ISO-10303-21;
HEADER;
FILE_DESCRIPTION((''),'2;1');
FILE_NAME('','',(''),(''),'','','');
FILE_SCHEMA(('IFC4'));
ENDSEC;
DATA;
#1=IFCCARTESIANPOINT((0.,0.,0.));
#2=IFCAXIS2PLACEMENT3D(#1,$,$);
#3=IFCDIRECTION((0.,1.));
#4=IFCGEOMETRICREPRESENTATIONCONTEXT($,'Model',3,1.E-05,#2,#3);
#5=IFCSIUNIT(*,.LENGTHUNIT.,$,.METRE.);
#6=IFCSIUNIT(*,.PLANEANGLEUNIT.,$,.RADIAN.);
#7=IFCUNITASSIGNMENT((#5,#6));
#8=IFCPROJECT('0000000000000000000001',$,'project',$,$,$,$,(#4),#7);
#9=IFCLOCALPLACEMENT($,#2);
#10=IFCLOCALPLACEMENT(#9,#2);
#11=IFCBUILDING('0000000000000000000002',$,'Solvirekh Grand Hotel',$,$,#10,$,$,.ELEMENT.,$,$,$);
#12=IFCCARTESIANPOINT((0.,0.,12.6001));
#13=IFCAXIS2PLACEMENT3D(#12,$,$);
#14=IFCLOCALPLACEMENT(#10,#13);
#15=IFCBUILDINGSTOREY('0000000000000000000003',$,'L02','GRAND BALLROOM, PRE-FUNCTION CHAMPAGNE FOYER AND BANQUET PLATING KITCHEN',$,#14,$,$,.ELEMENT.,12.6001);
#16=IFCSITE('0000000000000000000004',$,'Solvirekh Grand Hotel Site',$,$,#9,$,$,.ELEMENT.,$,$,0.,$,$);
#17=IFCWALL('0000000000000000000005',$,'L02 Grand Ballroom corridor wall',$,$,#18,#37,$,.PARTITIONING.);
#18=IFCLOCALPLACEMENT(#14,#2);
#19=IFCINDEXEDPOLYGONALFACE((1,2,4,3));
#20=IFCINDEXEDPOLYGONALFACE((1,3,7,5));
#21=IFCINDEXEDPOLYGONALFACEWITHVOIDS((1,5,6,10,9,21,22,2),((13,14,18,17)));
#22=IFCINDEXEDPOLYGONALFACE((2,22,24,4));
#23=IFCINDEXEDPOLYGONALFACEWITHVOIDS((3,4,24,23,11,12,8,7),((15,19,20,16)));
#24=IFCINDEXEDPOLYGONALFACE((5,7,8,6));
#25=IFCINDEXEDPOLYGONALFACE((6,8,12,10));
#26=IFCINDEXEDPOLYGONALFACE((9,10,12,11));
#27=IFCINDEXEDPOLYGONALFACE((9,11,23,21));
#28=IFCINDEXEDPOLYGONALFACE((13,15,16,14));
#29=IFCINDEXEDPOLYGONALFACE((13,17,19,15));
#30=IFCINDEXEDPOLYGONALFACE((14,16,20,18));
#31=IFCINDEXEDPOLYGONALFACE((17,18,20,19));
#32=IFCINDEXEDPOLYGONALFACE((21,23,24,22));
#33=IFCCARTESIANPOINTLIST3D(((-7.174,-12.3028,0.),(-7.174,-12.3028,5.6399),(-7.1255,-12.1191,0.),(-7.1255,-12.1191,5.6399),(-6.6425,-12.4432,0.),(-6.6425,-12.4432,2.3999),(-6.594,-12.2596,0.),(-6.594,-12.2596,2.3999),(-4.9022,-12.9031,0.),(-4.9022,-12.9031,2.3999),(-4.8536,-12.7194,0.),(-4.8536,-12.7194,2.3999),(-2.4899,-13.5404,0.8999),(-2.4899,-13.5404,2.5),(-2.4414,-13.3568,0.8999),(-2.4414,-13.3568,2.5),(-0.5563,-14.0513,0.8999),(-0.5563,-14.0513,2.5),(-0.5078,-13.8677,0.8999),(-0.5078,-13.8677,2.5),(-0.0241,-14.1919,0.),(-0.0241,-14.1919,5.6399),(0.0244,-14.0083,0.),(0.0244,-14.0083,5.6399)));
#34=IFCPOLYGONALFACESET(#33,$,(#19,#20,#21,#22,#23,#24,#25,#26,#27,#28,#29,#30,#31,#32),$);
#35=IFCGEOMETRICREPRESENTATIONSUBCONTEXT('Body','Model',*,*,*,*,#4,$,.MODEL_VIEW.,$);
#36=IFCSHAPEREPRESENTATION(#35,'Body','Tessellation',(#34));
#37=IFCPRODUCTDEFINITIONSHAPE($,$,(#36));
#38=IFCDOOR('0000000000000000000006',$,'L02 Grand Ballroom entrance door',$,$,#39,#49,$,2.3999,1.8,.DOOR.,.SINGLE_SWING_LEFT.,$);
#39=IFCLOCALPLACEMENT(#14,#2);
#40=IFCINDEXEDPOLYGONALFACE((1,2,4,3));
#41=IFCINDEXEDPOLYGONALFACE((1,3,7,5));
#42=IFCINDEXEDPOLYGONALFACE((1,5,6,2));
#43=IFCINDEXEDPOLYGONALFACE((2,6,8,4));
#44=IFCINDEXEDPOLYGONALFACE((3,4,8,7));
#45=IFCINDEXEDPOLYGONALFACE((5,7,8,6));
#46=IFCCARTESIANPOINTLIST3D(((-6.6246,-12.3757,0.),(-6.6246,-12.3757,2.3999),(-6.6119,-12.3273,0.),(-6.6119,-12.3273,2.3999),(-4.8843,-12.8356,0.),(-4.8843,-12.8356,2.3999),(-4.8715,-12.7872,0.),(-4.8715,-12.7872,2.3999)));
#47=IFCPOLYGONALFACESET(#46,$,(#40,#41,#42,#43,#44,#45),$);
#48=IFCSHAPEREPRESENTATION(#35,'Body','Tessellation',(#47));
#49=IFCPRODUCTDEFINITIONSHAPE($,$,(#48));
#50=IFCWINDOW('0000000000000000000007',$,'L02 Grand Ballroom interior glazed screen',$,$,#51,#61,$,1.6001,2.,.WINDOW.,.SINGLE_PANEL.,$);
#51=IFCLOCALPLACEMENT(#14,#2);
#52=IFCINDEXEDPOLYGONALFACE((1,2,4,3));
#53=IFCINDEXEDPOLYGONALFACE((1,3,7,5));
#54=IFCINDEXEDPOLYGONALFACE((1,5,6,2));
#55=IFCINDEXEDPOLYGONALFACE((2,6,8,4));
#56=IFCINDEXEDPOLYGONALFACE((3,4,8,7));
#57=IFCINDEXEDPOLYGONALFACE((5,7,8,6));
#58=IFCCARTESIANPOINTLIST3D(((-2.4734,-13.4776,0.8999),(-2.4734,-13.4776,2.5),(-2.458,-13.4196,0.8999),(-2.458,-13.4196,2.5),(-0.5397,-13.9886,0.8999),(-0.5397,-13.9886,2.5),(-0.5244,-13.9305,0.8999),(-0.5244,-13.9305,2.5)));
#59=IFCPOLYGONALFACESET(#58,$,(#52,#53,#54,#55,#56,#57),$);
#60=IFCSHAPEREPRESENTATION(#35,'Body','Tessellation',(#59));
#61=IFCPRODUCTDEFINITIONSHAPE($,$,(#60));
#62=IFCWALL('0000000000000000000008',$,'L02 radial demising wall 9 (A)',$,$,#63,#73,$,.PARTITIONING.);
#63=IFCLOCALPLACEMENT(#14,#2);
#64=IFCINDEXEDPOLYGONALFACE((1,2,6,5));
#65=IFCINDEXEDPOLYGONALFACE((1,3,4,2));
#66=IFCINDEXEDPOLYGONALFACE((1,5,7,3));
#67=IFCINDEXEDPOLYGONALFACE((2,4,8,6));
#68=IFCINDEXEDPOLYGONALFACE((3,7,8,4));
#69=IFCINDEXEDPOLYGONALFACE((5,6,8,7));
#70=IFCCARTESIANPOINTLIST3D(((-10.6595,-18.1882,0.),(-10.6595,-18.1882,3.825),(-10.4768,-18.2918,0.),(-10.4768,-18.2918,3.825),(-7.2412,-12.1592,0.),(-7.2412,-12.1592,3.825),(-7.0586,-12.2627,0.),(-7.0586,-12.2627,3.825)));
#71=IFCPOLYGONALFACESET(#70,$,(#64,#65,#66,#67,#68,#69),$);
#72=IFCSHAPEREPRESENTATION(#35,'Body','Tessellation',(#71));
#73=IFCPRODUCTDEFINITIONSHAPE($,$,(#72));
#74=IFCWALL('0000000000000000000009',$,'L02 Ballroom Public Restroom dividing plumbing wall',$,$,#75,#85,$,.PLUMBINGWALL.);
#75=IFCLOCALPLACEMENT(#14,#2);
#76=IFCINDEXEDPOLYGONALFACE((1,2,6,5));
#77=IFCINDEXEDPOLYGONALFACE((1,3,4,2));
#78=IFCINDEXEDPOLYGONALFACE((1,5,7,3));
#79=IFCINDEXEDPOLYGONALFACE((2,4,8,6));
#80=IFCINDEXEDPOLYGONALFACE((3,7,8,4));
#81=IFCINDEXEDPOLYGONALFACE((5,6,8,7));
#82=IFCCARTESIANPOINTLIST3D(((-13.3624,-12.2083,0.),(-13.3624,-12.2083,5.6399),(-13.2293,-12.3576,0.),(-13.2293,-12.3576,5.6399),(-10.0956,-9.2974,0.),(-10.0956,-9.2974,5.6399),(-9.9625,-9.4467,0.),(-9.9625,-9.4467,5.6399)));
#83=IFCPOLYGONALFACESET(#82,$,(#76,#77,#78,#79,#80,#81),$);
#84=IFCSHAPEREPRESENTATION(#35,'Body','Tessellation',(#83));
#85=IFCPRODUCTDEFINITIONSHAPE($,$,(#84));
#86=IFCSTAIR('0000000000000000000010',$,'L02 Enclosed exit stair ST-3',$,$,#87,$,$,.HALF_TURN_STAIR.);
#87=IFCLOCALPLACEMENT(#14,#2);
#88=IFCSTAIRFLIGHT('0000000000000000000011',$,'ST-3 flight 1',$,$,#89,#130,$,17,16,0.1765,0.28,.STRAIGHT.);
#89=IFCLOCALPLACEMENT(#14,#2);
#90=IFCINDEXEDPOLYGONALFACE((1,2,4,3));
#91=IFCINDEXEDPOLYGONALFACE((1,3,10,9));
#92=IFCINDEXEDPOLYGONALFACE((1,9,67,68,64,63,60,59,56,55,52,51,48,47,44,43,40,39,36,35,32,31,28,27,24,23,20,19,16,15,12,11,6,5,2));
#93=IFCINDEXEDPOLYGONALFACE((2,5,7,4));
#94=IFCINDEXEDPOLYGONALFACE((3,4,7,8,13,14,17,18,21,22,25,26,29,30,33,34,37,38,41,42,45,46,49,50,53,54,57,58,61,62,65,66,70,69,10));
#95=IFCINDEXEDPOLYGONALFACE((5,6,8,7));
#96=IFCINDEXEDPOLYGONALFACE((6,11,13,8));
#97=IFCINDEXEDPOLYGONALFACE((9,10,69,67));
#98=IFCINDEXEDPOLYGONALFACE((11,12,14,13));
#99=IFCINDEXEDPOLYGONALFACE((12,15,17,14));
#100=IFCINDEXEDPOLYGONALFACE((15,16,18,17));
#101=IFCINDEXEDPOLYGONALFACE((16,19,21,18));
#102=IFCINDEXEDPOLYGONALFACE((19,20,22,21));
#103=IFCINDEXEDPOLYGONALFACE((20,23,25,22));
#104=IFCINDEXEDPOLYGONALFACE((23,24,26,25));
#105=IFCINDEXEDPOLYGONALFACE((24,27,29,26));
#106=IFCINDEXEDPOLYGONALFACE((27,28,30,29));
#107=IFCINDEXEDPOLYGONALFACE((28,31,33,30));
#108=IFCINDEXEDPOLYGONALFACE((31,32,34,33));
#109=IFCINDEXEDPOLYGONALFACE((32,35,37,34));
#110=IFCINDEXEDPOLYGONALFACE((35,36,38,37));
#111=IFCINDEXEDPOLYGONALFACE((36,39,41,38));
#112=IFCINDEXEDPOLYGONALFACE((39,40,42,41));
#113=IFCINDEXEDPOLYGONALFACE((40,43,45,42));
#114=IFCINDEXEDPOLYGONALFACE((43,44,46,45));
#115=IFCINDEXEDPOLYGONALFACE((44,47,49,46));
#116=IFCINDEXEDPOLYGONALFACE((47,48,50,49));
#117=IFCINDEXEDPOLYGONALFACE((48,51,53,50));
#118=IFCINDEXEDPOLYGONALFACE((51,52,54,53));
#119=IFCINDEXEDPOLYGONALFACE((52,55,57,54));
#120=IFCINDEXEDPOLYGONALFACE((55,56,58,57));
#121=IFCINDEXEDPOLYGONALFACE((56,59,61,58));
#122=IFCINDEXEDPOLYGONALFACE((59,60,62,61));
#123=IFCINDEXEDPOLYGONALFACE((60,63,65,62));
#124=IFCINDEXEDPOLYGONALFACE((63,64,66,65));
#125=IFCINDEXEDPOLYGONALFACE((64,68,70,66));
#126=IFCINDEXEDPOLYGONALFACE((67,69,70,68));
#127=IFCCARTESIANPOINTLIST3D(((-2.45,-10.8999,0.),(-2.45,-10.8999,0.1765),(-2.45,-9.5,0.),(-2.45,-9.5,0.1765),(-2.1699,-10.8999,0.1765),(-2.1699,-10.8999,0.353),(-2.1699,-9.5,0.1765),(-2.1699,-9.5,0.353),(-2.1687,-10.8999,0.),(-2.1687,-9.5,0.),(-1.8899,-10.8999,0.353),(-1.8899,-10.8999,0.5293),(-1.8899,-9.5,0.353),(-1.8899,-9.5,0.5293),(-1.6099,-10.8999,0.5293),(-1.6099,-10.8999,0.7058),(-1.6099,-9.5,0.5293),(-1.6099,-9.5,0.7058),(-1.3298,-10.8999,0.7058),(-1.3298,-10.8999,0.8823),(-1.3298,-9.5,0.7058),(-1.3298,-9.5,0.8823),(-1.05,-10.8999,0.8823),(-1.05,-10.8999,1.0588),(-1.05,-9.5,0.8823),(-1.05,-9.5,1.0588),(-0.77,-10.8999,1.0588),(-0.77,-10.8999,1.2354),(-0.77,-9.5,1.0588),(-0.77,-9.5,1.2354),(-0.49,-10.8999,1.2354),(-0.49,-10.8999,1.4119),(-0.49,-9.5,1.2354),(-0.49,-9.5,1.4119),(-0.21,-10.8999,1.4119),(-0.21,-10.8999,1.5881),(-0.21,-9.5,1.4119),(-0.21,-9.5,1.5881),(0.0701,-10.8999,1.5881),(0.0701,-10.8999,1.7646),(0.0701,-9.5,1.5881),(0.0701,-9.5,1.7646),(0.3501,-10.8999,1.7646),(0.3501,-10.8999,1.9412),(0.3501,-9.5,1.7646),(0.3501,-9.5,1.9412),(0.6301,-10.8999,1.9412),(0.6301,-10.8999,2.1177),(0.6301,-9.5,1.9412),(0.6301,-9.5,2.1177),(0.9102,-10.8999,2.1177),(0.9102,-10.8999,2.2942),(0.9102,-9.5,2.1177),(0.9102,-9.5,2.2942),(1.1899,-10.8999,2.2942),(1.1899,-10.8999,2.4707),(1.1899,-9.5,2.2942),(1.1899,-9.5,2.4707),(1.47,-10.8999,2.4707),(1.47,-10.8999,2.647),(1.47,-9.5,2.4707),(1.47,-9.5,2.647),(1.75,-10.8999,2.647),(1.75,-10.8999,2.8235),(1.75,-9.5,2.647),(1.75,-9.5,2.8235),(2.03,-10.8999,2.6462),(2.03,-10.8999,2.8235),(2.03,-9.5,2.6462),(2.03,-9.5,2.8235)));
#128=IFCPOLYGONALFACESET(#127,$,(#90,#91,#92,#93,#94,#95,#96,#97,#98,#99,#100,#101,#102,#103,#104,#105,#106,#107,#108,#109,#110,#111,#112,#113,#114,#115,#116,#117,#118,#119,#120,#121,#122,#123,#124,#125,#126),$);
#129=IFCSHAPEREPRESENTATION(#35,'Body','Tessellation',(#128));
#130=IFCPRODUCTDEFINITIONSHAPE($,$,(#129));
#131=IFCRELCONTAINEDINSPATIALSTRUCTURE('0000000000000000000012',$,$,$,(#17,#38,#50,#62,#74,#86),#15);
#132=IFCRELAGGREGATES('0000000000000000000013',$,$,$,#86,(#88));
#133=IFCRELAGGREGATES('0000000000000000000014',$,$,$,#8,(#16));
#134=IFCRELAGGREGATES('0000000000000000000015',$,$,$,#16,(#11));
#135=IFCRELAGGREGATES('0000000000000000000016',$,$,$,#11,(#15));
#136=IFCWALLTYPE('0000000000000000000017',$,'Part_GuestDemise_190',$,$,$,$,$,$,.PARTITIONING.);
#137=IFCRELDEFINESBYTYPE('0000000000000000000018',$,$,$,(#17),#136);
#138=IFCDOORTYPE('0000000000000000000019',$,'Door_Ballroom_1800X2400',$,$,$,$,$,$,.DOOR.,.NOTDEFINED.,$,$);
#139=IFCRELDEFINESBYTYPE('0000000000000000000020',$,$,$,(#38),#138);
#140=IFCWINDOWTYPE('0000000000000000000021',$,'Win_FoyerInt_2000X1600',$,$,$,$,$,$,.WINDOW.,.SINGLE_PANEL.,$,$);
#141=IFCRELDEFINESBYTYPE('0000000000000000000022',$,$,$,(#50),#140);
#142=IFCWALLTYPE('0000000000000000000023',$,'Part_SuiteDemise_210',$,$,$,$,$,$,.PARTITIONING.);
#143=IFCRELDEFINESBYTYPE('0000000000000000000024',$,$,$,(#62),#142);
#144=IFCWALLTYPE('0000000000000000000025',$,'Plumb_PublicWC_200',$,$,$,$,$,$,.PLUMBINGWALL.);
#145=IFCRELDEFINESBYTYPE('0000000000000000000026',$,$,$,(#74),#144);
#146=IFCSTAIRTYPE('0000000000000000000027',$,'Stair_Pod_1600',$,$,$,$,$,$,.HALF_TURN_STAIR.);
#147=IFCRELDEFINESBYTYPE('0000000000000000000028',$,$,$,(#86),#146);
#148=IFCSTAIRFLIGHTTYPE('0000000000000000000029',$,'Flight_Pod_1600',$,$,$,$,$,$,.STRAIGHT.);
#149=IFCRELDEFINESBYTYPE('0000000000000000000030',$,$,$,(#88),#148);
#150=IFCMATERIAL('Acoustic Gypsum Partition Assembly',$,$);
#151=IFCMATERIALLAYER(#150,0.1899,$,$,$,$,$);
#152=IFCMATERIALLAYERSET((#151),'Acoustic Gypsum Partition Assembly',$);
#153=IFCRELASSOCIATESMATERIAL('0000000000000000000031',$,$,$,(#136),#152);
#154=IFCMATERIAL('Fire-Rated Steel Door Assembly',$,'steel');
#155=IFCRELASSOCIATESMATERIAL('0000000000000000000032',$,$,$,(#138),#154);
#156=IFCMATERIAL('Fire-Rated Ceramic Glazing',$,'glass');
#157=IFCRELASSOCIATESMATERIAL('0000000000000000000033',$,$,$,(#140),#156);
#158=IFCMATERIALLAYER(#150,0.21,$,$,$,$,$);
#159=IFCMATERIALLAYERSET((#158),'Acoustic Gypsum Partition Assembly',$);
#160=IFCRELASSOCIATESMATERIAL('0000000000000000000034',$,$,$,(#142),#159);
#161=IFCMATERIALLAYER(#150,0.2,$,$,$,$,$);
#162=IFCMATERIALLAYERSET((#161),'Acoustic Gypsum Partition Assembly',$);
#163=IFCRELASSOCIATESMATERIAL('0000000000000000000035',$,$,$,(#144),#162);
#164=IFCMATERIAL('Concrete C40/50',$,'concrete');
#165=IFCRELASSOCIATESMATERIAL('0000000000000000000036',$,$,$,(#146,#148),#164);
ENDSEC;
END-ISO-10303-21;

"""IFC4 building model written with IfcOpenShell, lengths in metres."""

from ifc_helpers import new_model, si_unit, direction, frame, frame_2d, origin, place, context, subcontext, project, spatial, polyline, rectangle, outline, extrude, material, layer, layer_set, type_object, element, fill, aggregate, save


model = new_model("IFC4")

# Units and contexts
model_context = context("Model", 3, precision=1e-05, world=origin(), true_north=direction((0.0, 1.0)))
body_context = subcontext(model_context, "Body", "Model", "MODEL_VIEW")
ifc_project = project(units=[si_unit("LENGTHUNIT", "METRE"), si_unit("PLANEANGLEUNIT", "RADIAN")], contexts=[model_context])

# Site, building, storey
site_placement = place(None, origin())
site = spatial("IfcSite", under=ifc_project, at=site_placement, Name="Solvirekh Grand Hotel Site", CompositionType="ELEMENT", RefElevation=0.0)
building_placement = place(site_placement, origin())
building = spatial("IfcBuilding", under=site, at=building_placement, Name="Solvirekh Grand Hotel", CompositionType="ELEMENT")
storey_placement = place(building_placement, frame((0.0, 0.0, 12.6001)))
storey = spatial("IfcBuildingStorey", under=building, at=storey_placement, Name="L02", Description="GRAND BALLROOM, PRE-FUNCTION CHAMPAGNE FOYER AND BANQUET PLATING KITCHEN", CompositionType="ELEMENT", Elevation=12.6001)

# Shared definitions
ifc_material_1 = material(Name="Fire-Rated Steel Door Assembly", Category="steel")

# Shared definitions
ifc_material_2 = material(Name="Acoustic Gypsum Partition Assembly")
ifc_layer_1 = layer(ifc_material_2, 0.1899)
ifc_layer_set_1 = layer_set([ifc_layer_1], Name="Acoustic Gypsum Partition Assembly")
wall_type_1 = type_object("IfcWallType", Name="Part_GuestDemise_190", PredefinedType="PARTITIONING", material=ifc_layer_set_1)

# Wall, openings, door, window
wall_1_placement = place(storey_placement, frame((-7.1499, -12.2109, 0.0), z_axis=(0.0, 0.0, 1.0), x_axis=(0.966821, -0.255455, 0.0)))
wall_1 = element("IfcWall", 1, at=wall_1_placement, inside=storey, type_object=wall_type_1, Name="L02 Grand Ballroom corridor wall", PredefinedType="PARTITIONING", context=body_context, shape_type="SweptSolid", body=[
    extrude(rectangle(XDim=7.3953, YDim=0.1899, at=frame_2d((3.6978, 0.0))), origin(), (0.0, 0.0, 1.0), 5.6399),
])
opening_1_placement = place(wall_1_placement, frame((0.55, 0.0, 0.0)))
opening_1 = element("IfcOpeningElement", 2, at=opening_1_placement, cuts=wall_1, PredefinedType="OPENING", context=body_context, shape_type="SweptSolid", body=[
    extrude(rectangle(XDim=1.8, YDim=2.3999, at=frame_2d((0.8999, 1.2))), frame((0.0, 0.105, 0.0), z_axis=(0.0, -1.0, 0.0), x_axis=(1.0, 0.0, 0.0)), (0.0, 0.0, 1.0), 0.21),
])
opening_2_placement = place(wall_1_placement, frame((4.845, 0.0, 0.8999)))
opening_2 = element("IfcOpeningElement", 3, at=opening_2_placement, cuts=wall_1, PredefinedType="OPENING", context=body_context, shape_type="SweptSolid", body=[
    extrude(rectangle(XDim=2.0, YDim=1.6001, at=frame_2d((1.0, 0.8))), frame((0.0, 0.105, 0.0), z_axis=(0.0, -1.0, 0.0), x_axis=(1.0, 0.0, 0.0)), (0.0, 0.0, 1.0), 0.21),
])
door_type_1 = type_object("IfcDoorType", Name="Door_Ballroom_1800X2400", OperationType="NOTDEFINED", PredefinedType="DOOR", material=ifc_material_1)
door_1_placement = place(opening_1_placement, origin())
door_1 = element("IfcDoor", 4, at=door_1_placement, inside=storey, type_object=door_type_1, Name="L02 Grand Ballroom entrance door", OperationType="SINGLE_SWING_LEFT", OverallHeight=2.3999, OverallWidth=1.8, PredefinedType="DOOR", context=body_context, shape_type="SweptSolid", body=[
    extrude(rectangle(XDim=1.8, YDim=2.3999, at=frame_2d((0.8999, 1.2))), frame((0.0, 0.0249, 0.0), z_axis=(0.0, -1.0, 0.0), x_axis=(1.0, 0.0, 0.0)), (0.0, 0.0, 1.0), 0.05),
])
fill(opening_1, door_1)
ifc_material_3 = material(Name="Fire-Rated Ceramic Glazing", Category="glass")
window_type = type_object("IfcWindowType", Name="Win_FoyerInt_2000X1600", PartitioningType="SINGLE_PANEL", PredefinedType="WINDOW", material=ifc_material_3)
window_placement = place(opening_2_placement, origin())
window = element("IfcWindow", 5, at=window_placement, inside=storey, type_object=window_type, Name="L02 Grand Ballroom interior glazed screen", OverallHeight=1.6001, OverallWidth=2.0, PartitioningType="SINGLE_PANEL", PredefinedType="WINDOW", context=body_context, shape_type="SweptSolid", body=[
    extrude(rectangle(XDim=2.0, YDim=1.6001, at=frame_2d((1.0, 0.8))), frame((0.0, 0.03, 0.0), z_axis=(0.0, -1.0, 0.0), x_axis=(1.0, 0.0, 0.0)), (0.0, 0.0, 1.0), 0.0601),
])
fill(opening_2, window)

# Walls
ifc_layer_2 = layer(ifc_material_2, 0.21)
ifc_layer_set_2 = layer_set([ifc_layer_2], Name="Acoustic Gypsum Partition Assembly")
wall_type_2 = type_object("IfcWallType", Name="Part_SuiteDemise_210", PredefinedType="PARTITIONING", material=ifc_layer_set_2)
wall_2_placement = place(storey_placement, frame((-7.1499, -12.2109, 0.0), z_axis=(0.0, 0.0, 1.0), x_axis=(-0.493204, -0.869914, 0.0)))
element("IfcWall", 6, at=wall_2_placement, inside=storey, type_object=wall_type_2, Name="L02 radial demising wall 9 (A)", PredefinedType="PARTITIONING", context=body_context, shape_type="SweptSolid", body=[
    extrude(rectangle(XDim=6.9307, YDim=0.21, at=frame_2d((3.4653, 0.0))), origin(), (0.0, 0.0, 1.0), 3.825),
])
ifc_layer_3 = layer(ifc_material_2, 0.2)
ifc_layer_set_3 = layer_set([ifc_layer_3], Name="Acoustic Gypsum Partition Assembly")
wall_type_3 = type_object("IfcWallType", Name="Plumb_PublicWC_200", PredefinedType="PLUMBINGWALL", material=ifc_layer_set_3)
wall_3_placement = place(storey_placement, frame((-10.0291, -9.3721, 0.0), z_axis=(0.0, 0.0, 1.0), x_axis=(-0.746611, -0.66526, 0.0)))
element("IfcWall", 7, at=wall_3_placement, inside=storey, type_object=wall_type_3, Name="L02 Ballroom Public Restroom dividing plumbing wall", PredefinedType="PLUMBINGWALL", context=body_context, shape_type="SweptSolid", body=[
    extrude(rectangle(XDim=4.3755, YDim=0.2, at=frame_2d((2.1877, 0.0))), origin(), (0.0, 0.0, 1.0), 5.6399),
])

# Stair, stair flight
ifc_material_4 = material(Name="Concrete C40/50", Category="concrete")
stair_type = type_object("IfcStairType", Name="Stair_Pod_1600", PredefinedType="HALF_TURN_STAIR", material=ifc_material_4)
stair_placement = place(storey_placement, origin())
stair = element("IfcStair", 8, at=stair_placement, inside=storey, type_object=stair_type, Name="L02 Enclosed exit stair ST-3", PredefinedType="HALF_TURN_STAIR")
stair_flight_type = type_object("IfcStairFlightType", Name="Flight_Pod_1600", PredefinedType="STRAIGHT", material=ifc_material_4)
stair_flight_placement = place(storey_placement, frame((-2.45, -10.2, 0.0), z_axis=(0.0, 0.0, 1.0), x_axis=(1.0, 0.0, 0.0)))
stair_flight = element("IfcStairFlight", 9, at=stair_flight_placement, type_object=stair_flight_type, Name="ST-3 flight 1", NumberOfRisers=17, NumberOfTreads=16, PredefinedType="STRAIGHT", RiserHeight=0.1765, TreadLength=0.28, context=body_context, shape_type="SweptSolid", body=[
    extrude(outline(polyline([(0.0, 0.0), (0.0, 0.1765), (0.28, 0.1765), (0.28, 0.353), (0.5601, 0.353), (0.5601, 0.5293), (0.8401, 0.5293), (0.8401, 0.7058), (1.1201, 0.7058), (1.1201, 0.8823), (1.3999, 0.8823), (1.3999, 1.0588), (1.6799, 1.0588), (1.6799, 1.2354), (1.96, 1.2354), (1.96, 1.4119), (2.24, 1.4119), (2.24, 1.5881), (2.52, 1.5881), (2.52, 1.7646), (2.8, 1.7646), (2.8, 1.9412), (3.0801, 1.9412), (3.0801, 2.1177), (3.3601, 2.1177), (3.3601, 2.2942), (3.6399, 2.2942), (3.6399, 2.4707), (3.9199, 2.4707), (3.9199, 2.647), (4.2, 2.647), (4.2, 2.8235), (4.48, 2.8235), (4.48, 3.0), (4.48, 2.6462), (0.2812, 0.0), (0.0, 0.0)])), frame((0.0, 0.7, 0.0), z_axis=(0.0, -1.0, 0.0), x_axis=(1.0, 0.0, 0.0)), (0.0, 0.0, 1.0), 1.3999),
])
aggregate(stair, [stair_flight])

save(model, "model.ifc")
